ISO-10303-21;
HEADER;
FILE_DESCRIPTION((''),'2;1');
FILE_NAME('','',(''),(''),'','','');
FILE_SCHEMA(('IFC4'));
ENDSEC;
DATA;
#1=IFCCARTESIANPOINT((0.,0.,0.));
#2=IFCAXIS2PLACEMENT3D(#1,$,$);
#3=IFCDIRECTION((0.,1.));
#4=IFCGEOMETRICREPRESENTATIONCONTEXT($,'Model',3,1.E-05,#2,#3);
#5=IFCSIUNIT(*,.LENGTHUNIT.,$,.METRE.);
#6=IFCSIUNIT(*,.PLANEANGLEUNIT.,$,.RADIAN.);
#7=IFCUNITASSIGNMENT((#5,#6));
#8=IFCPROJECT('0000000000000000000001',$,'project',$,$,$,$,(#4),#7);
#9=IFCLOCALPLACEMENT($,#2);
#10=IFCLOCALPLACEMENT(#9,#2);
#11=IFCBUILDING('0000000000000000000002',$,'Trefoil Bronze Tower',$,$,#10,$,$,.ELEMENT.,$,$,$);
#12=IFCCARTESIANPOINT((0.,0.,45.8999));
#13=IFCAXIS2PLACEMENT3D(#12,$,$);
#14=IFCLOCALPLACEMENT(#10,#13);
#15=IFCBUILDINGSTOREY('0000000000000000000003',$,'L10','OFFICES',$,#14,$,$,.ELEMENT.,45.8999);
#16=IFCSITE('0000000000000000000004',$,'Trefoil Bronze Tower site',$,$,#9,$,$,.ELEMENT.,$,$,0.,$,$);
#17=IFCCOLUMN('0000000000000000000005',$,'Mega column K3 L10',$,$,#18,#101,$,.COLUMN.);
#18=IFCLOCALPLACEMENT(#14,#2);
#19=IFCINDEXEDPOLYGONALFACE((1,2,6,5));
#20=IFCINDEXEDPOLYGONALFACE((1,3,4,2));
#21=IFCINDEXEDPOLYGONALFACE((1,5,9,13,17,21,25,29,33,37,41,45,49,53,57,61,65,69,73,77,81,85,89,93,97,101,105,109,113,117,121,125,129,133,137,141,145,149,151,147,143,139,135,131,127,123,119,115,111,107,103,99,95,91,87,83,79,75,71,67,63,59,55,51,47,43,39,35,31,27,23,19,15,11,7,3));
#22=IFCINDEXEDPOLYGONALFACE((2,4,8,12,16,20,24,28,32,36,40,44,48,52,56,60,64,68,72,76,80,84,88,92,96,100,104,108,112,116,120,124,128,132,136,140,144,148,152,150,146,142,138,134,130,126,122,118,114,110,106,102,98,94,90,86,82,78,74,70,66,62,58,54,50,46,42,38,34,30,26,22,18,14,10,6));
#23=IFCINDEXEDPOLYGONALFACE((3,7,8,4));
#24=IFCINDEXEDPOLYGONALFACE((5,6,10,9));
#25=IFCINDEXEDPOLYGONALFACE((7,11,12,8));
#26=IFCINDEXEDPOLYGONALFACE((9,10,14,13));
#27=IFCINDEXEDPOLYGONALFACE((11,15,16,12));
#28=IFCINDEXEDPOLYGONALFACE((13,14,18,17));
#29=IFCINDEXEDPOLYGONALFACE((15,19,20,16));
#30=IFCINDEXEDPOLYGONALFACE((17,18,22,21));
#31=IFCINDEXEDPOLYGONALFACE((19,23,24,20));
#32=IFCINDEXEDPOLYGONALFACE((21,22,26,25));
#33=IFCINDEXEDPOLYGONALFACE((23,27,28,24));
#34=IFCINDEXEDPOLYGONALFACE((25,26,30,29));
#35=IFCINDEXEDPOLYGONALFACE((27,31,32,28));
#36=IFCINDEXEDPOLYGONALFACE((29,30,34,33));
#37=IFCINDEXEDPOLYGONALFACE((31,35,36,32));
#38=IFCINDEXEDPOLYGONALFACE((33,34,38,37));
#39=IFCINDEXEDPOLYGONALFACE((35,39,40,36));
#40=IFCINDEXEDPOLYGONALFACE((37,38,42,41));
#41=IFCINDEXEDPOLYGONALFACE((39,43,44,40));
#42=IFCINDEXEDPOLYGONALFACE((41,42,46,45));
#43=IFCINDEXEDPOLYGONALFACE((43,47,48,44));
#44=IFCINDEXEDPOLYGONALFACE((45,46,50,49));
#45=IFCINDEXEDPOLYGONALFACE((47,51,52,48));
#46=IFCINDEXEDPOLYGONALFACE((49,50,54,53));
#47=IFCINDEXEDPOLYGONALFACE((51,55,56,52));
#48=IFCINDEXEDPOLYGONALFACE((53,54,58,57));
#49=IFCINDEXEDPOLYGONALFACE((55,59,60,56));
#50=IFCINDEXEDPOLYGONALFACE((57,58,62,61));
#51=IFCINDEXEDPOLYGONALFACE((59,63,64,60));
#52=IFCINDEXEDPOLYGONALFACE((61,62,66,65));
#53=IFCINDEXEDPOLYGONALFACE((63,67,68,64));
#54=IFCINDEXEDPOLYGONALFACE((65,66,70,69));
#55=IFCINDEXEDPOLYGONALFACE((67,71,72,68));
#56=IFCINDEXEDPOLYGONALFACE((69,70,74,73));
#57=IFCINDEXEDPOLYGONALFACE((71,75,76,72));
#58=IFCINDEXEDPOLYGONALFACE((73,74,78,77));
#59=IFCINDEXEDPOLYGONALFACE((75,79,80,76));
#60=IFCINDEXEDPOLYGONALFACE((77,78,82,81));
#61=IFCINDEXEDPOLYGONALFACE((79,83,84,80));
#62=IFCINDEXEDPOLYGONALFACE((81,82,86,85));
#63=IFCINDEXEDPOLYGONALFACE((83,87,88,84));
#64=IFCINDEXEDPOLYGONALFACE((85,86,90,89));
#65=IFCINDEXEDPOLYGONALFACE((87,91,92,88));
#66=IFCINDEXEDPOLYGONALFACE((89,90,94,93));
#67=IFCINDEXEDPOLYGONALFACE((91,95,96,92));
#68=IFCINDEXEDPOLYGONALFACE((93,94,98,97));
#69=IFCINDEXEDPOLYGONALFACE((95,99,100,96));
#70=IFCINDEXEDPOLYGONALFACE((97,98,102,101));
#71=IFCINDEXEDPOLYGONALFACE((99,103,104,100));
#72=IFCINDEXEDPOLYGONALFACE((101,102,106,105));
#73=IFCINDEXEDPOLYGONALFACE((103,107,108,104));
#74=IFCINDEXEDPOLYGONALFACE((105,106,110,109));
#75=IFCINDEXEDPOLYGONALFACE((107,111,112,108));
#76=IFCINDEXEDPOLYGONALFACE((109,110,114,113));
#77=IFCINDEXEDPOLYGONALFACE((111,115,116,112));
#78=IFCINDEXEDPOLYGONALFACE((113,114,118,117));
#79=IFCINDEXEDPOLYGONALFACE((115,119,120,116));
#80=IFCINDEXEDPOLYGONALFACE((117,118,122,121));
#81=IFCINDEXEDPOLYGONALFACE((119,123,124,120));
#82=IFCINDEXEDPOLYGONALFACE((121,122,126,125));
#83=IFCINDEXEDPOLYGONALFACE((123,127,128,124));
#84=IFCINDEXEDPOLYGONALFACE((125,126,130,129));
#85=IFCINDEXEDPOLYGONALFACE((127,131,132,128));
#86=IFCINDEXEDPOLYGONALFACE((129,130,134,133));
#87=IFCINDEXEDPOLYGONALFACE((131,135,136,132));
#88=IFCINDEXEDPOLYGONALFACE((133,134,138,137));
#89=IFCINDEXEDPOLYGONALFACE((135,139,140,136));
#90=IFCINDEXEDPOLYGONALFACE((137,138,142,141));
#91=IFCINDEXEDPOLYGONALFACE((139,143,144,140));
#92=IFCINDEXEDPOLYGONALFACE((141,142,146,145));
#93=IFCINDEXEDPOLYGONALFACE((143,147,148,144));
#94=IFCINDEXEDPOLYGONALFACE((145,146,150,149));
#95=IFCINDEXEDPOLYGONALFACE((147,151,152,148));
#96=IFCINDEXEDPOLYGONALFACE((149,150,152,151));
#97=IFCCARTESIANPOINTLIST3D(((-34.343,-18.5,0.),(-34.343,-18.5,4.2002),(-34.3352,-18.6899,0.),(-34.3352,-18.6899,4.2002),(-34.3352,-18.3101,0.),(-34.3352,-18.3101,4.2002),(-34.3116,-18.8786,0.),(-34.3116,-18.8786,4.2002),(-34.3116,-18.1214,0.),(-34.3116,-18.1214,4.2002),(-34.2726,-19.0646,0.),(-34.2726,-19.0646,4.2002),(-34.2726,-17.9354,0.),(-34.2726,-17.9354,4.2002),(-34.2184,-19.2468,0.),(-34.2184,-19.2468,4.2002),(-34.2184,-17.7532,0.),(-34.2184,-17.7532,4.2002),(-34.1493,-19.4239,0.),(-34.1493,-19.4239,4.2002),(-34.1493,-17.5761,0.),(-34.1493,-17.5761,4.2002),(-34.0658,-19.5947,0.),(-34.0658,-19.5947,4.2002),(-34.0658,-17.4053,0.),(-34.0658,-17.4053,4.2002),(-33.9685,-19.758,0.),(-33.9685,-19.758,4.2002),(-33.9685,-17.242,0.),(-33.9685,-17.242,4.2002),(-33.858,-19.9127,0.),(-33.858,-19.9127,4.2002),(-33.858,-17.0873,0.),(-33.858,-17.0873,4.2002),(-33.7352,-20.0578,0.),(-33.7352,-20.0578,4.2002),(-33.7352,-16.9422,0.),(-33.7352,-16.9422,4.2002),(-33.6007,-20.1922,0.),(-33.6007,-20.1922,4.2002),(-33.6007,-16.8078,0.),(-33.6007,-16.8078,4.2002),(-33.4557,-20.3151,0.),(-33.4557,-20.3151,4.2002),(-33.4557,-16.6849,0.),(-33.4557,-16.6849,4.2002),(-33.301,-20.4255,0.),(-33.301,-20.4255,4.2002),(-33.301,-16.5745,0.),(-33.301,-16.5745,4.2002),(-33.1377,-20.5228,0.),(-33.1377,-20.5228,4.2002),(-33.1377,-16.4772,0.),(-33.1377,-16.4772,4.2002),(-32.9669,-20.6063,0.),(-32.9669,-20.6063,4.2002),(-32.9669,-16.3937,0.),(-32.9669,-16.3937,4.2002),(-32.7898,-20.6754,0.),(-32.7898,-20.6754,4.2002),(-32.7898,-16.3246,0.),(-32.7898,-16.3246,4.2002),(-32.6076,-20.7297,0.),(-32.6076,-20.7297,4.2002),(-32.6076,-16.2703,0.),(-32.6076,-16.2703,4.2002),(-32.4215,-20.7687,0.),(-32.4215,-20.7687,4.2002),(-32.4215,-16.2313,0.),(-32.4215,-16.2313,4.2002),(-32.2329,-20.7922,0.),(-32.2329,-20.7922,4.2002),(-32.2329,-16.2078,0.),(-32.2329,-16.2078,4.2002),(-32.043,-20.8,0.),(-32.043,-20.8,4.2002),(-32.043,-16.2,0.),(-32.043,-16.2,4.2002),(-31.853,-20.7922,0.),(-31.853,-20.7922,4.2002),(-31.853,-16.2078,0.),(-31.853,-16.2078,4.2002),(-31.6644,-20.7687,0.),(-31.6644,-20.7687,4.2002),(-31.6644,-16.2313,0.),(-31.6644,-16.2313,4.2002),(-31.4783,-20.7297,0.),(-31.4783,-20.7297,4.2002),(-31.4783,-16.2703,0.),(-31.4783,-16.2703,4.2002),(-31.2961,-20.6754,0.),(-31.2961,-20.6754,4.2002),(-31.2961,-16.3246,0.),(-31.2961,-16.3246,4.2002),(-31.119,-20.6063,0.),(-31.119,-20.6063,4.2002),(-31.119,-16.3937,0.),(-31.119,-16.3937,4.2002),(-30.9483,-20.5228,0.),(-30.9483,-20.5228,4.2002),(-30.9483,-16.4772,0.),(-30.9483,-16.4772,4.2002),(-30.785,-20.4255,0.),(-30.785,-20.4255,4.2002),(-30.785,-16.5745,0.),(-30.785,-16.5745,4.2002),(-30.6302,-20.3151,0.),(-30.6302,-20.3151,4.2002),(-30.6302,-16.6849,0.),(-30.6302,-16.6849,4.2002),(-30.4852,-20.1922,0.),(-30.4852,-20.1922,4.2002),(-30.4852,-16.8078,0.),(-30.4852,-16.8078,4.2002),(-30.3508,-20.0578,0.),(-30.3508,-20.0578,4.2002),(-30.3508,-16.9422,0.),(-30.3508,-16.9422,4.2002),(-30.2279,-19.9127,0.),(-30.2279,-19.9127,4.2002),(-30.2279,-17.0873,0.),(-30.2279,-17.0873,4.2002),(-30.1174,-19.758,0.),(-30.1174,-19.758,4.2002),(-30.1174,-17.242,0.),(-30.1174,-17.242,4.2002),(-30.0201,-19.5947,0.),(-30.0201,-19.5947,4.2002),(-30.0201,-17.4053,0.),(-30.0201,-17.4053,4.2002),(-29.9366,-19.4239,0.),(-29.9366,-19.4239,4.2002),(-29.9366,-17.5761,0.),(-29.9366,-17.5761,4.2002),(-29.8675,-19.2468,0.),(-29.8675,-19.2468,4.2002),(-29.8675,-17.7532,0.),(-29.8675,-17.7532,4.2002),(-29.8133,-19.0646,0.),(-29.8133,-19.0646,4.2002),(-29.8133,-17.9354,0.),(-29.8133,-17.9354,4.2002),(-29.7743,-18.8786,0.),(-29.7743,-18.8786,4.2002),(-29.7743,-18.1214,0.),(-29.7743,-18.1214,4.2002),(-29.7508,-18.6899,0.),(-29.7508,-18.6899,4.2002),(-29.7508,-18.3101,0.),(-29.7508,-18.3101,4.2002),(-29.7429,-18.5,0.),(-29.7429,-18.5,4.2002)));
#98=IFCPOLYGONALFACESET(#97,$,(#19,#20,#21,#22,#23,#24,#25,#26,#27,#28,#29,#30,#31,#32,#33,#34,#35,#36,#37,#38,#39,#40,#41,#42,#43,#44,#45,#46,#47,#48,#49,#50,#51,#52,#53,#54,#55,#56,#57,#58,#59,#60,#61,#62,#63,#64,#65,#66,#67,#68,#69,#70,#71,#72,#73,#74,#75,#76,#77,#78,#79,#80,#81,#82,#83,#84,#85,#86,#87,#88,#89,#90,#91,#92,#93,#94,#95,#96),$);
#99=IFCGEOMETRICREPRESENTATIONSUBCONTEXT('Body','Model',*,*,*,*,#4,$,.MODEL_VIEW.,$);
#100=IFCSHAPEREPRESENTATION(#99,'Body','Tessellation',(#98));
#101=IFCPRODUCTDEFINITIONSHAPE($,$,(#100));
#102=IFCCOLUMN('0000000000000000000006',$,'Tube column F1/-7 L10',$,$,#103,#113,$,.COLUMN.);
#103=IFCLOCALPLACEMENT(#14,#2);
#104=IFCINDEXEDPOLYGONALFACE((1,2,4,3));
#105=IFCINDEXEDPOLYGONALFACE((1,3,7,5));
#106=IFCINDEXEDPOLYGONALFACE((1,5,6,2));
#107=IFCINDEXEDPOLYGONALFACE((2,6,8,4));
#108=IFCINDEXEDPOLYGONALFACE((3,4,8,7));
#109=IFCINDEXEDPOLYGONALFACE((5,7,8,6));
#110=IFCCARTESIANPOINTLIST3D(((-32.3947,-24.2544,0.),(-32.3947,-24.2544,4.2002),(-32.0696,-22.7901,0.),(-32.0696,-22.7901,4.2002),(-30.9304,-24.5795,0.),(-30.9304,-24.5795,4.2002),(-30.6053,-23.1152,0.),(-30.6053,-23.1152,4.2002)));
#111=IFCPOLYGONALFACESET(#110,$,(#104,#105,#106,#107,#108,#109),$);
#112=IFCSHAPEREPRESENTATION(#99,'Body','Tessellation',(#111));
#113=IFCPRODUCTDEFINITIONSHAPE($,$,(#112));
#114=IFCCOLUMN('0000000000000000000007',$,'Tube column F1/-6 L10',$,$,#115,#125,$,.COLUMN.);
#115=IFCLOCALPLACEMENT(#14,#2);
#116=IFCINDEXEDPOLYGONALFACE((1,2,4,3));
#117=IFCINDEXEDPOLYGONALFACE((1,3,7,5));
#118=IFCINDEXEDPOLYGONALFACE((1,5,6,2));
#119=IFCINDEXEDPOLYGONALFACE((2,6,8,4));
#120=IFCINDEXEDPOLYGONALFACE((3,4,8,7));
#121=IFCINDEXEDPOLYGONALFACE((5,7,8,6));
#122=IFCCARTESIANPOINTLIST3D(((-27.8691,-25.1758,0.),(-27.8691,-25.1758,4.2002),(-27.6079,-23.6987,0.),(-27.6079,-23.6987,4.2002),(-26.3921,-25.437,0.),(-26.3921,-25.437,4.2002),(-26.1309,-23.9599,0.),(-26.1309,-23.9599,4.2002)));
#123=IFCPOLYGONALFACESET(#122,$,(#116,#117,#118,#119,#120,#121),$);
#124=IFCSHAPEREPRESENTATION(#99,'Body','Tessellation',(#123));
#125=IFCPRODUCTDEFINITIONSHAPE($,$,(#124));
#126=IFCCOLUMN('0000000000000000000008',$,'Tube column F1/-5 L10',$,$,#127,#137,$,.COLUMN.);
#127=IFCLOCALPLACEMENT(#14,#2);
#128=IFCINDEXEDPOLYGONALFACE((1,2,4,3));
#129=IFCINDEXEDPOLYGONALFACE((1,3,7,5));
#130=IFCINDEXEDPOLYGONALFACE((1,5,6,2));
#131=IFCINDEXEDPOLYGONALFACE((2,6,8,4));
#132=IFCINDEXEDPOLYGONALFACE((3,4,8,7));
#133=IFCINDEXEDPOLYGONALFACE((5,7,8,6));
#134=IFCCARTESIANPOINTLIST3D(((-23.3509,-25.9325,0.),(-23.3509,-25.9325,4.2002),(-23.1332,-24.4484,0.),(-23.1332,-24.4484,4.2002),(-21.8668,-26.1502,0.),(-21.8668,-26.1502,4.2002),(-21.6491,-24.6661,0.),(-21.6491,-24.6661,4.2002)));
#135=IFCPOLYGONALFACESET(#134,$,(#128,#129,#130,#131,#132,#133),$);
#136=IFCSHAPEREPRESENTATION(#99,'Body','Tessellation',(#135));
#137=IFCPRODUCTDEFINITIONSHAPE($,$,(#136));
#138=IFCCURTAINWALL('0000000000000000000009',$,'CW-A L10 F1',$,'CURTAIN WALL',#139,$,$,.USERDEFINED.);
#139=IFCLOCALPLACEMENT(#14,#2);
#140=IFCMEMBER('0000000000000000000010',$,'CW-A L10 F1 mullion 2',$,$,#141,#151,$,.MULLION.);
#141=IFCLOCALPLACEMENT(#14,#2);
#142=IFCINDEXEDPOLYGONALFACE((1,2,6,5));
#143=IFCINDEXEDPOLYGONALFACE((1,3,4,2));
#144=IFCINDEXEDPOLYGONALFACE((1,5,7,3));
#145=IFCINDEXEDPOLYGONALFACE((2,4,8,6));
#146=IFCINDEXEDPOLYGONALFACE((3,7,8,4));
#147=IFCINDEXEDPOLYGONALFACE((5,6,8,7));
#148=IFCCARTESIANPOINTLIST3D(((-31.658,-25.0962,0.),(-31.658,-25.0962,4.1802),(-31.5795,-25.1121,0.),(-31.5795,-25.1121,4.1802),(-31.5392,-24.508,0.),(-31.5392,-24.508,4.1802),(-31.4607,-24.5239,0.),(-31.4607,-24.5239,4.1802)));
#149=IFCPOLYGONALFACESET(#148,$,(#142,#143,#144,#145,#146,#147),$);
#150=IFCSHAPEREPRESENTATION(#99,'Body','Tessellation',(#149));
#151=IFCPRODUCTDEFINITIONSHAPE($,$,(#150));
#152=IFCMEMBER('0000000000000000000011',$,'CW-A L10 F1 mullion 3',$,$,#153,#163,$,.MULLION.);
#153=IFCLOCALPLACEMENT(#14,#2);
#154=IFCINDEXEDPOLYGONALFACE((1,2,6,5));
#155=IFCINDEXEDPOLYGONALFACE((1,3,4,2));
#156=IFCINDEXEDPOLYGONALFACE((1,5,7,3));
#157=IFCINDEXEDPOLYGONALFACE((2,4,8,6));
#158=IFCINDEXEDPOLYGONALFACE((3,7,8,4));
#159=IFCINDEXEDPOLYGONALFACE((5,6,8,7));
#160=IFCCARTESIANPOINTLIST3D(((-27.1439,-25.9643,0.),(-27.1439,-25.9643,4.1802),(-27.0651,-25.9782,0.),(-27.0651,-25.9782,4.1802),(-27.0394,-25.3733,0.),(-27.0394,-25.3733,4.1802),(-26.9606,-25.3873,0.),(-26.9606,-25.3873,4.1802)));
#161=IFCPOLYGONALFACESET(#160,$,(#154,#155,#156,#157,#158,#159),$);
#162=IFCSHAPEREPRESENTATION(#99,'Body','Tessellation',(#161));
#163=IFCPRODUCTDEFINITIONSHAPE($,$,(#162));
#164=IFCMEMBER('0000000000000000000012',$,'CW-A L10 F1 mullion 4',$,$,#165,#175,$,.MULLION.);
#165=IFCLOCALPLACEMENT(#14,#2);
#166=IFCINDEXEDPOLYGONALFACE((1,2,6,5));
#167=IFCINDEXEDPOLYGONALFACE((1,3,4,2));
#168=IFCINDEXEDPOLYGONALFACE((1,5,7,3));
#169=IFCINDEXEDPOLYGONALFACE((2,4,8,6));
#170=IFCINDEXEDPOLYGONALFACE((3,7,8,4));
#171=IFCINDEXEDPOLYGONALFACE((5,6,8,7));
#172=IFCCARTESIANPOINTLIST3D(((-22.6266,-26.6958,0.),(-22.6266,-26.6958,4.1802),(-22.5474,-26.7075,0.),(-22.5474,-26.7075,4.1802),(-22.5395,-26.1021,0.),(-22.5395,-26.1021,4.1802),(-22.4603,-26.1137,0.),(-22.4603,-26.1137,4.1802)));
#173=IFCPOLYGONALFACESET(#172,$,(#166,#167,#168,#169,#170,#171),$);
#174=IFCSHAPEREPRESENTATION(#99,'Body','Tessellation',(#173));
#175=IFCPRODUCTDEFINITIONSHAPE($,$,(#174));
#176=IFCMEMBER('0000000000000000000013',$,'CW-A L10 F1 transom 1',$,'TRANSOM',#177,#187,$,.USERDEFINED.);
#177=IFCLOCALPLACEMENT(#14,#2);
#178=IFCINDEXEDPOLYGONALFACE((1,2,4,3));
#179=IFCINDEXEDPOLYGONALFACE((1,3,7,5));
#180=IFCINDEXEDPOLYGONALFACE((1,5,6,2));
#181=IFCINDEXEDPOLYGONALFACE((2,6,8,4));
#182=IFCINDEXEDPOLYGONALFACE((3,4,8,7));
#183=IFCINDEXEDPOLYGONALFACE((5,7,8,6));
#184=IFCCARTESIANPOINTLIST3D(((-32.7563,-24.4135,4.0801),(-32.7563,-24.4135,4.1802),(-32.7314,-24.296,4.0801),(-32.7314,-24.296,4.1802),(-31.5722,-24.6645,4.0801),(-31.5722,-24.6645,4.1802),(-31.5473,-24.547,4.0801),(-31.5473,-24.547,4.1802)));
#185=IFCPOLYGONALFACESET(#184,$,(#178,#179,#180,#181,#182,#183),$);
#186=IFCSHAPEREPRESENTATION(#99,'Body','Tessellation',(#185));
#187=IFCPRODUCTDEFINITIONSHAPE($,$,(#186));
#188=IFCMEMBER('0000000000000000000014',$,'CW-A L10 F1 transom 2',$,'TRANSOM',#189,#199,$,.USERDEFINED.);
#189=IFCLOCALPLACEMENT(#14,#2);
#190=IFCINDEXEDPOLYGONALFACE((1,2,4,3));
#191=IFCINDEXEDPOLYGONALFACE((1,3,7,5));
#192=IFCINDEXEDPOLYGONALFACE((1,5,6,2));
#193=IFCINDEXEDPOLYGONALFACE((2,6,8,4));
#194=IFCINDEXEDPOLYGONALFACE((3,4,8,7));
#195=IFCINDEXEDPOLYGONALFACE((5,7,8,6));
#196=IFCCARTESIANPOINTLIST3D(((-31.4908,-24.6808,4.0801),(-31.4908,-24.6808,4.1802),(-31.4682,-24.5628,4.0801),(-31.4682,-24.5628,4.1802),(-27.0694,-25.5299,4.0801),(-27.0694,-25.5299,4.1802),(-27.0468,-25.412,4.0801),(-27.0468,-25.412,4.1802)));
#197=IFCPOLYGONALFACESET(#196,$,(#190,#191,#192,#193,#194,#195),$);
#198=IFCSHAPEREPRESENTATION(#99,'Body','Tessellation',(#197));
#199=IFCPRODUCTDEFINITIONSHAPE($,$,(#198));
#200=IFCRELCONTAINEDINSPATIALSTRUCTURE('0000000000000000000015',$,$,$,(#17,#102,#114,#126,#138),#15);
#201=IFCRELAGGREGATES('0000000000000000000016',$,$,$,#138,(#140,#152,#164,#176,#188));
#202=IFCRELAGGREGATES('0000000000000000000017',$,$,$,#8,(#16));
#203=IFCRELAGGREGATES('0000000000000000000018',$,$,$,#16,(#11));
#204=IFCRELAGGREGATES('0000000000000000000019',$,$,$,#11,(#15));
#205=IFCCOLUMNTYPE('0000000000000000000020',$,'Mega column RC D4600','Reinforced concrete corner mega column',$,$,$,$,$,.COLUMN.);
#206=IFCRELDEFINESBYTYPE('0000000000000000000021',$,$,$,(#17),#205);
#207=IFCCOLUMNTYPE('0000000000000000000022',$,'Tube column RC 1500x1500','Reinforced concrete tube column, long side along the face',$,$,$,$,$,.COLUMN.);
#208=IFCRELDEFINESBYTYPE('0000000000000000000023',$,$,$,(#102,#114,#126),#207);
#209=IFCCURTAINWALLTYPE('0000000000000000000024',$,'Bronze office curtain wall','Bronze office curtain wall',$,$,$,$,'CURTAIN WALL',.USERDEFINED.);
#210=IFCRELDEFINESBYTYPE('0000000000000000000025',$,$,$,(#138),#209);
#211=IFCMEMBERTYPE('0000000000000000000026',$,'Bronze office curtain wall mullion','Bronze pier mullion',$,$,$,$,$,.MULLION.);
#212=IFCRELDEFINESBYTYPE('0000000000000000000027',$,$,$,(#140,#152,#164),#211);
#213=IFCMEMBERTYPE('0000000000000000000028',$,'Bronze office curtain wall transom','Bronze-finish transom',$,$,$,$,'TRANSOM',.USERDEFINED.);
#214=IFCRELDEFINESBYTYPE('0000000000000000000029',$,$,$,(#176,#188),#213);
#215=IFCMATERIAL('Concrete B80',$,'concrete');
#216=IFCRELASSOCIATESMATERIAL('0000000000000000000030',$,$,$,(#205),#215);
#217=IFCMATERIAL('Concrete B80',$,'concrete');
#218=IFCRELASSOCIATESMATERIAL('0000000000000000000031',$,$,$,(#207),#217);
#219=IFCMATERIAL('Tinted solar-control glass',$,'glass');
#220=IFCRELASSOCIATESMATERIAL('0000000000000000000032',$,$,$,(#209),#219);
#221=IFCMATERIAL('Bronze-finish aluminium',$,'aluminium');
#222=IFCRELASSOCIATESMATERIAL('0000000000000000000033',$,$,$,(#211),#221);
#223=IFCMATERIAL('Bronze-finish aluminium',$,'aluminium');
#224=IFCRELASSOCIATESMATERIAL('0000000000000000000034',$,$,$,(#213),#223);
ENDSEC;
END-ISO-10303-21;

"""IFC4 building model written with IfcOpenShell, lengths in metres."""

from ifc_helpers import new_model, si_unit, direction, frame, origin, origin_2d, place, context, subcontext, project, spatial, rectangle, circle, extrude, material, material_profile, profile_set, type_object, element, aggregate, save


model = new_model("IFC4")

# Units and contexts
model_context = context("Model", 3, precision=1e-05, world=origin(), true_north=direction((0.0, 1.0)))
body_context = subcontext(model_context, "Body", "Model", "MODEL_VIEW")
ifc_project = project(units=[si_unit("LENGTHUNIT", "METRE"), si_unit("PLANEANGLEUNIT", "RADIAN")], contexts=[model_context])

# Site, building, storey
site_placement = place(None, origin())
site = spatial("IfcSite", under=ifc_project, at=site_placement, Name="Trefoil Bronze Tower site", CompositionType="ELEMENT", RefElevation=0.0)
building_placement = place(site_placement, origin())
building = spatial("IfcBuilding", under=site, at=building_placement, Name="Trefoil Bronze Tower", CompositionType="ELEMENT")
storey_placement = place(building_placement, frame((0.0, 0.0, 45.8999)))
storey = spatial("IfcBuildingStorey", under=building, at=storey_placement, Name="L10", Description="OFFICES", CompositionType="ELEMENT", Elevation=45.8999)

# Columns
ifc_material_1 = material(Name="Concrete B80", Category="concrete")
ifc_material_profile_1 = material_profile(ifc_material_1, circle(Radius=2.3, at=origin_2d()), Name="RC D4600")
ifc_profile_set_1 = profile_set([ifc_material_profile_1], Name="Concrete B80")
column_type_1 = type_object("IfcColumnType", Name="Mega column RC D4600", Description="Reinforced concrete corner mega column", PredefinedType="COLUMN", material=ifc_profile_set_1)
column_placement = place(storey_placement, frame((-32.043, -18.5, 0.0), z_axis=(0.0, 0.0, 1.0), x_axis=(1.0, 0.0, 0.0)))
element("IfcColumn", 1, at=column_placement, inside=storey, type_object=column_type_1, Name="Mega column K3 L10", PredefinedType="COLUMN", context=body_context, shape_type="SweptSolid", body=[
    extrude(circle(Radius=2.3, at=origin_2d()), origin(), (0.0, 0.0, 1.0), 4.2002),
])
ifc_material_2 = material(Name="Concrete B80", Category="concrete")
ifc_material_profile_2 = material_profile(ifc_material_2, rectangle(XDim=1.5, YDim=1.5, at=origin_2d()), Name="RC 1500x1500")
ifc_profile_set_2 = profile_set([ifc_material_profile_2], Name="Concrete B80")
column_type_2 = type_object("IfcColumnType", Name="Tube column RC 1500x1500", Description="Reinforced concrete tube column, long side along the face", PredefinedType="COLUMN", material=ifc_profile_set_2)
for number, where, z_axis, x_axis, name in (
    (2, (-31.5, -23.6848, 0.0), (0.0, 0.0, 1.0), (0.97623, -0.216739, 0.0), "Tube column F1/-7 L10"),
    (3, (-27.0, -24.5679, 0.0), (0.0, 0.0, 1.0), (0.984722, -0.174131, 0.0), "Tube column F1/-6 L10"),
    (4, (-22.5, -25.2993, 0.0), (0.0, 0.0, 1.0), (0.989416, -0.145109, 0.0), "Tube column F1/-5 L10"),
):
    element("IfcColumn", number, at=place(storey_placement, frame(where, z_axis=z_axis, x_axis=x_axis)), inside=storey, type_object=column_type_2, Name=name, PredefinedType="COLUMN", context=body_context, shape_type="SweptSolid", body=[
        extrude(rectangle(XDim=1.5, YDim=1.5, at=origin_2d()), origin(), (0.0, 0.0, 1.0), 4.2002),
    ])

# Curtain wall, members
ifc_material_3 = material(Name="Tinted solar-control glass", Category="glass")
curtain_wall_type_1 = type_object("IfcCurtainWallType", Name="Bronze office curtain wall", Description="Bronze office curtain wall", ElementType="CURTAIN WALL", PredefinedType="USERDEFINED", material=ifc_material_3)
curtain_wall_1_placement = place(storey_placement, origin())
curtain_wall_1 = element("IfcCurtainWall", 5, at=curtain_wall_1_placement, inside=storey, type_object=curtain_wall_type_1, Name="CW-A L10 F1", ObjectType="CURTAIN WALL", PredefinedType="USERDEFINED")
ifc_material_4 = material(Name="Bronze-finish aluminium", Category="aluminium")
ifc_material_profile_3 = material_profile(ifc_material_4, rectangle(XDim=0.6001, YDim=0.0801, at=origin_2d()), Name="CW-A mullion")
ifc_profile_set_3 = profile_set([ifc_material_profile_3], Name="Bronze-finish aluminium")
member_type_1 = type_object("IfcMemberType", Name="Bronze office curtain wall mullion", Description="Bronze pier mullion", PredefinedType="MULLION", material=ifc_profile_set_3)
member_1_placement = place(storey_placement, frame((-31.5593, -24.8101, 0.0), z_axis=(0.0, 0.0, 1.0), x_axis=(0.19791, 0.98022, 0.0)))
member_1 = element("IfcMember", 6, at=member_1_placement, type_object=member_type_1, Name="CW-A L10 F1 mullion 2", PredefinedType="MULLION", context=body_context, shape_type="SweptSolid", body=[
    extrude(rectangle(XDim=0.6001, YDim=0.0801, at=origin_2d()), origin(), (0.0, 0.0, 1.0), 4.1802),
])
member_2_placement = place(storey_placement, frame((-27.0522, -25.6758, 0.0), z_axis=(0.0, 0.0, 1.0), x_axis=(0.174131, 0.984722, 0.0)))
member_2 = element("IfcMember", 7, at=member_2_placement, type_object=member_type_1, Name="CW-A L10 F1 mullion 3", PredefinedType="MULLION", context=body_context, shape_type="SweptSolid", body=[
    extrude(rectangle(XDim=0.6001, YDim=0.0801, at=origin_2d()), origin(), (0.0, 0.0, 1.0), 4.1802),
])
member_3_placement = place(storey_placement, frame((-22.5435, -26.4048, 0.0), z_axis=(0.0, 0.0, 1.0), x_axis=(0.145109, 0.989416, 0.0)))
member_3 = element("IfcMember", 8, at=member_3_placement, type_object=member_type_1, Name="CW-A L10 F1 mullion 4", PredefinedType="MULLION", context=body_context, shape_type="SweptSolid", body=[
    extrude(rectangle(XDim=0.6001, YDim=0.0801, at=origin_2d()), origin(), (0.0, 0.0, 1.0), 4.1802),
])
ifc_material_5 = material(Name="Bronze-finish aluminium", Category="aluminium")
ifc_material_profile_4 = material_profile(ifc_material_5, rectangle(XDim=0.1201, YDim=0.1001, at=origin_2d()), Name="CW-A transom")
ifc_profile_set_4 = profile_set([ifc_material_profile_4], Name="Bronze-finish aluminium")
member_type_2 = type_object("IfcMemberType", Name="Bronze office curtain wall transom", Description="Bronze-finish transom", ElementType="TRANSOM", PredefinedType="USERDEFINED", material=ifc_profile_set_4)
member_4_placement = place(storey_placement, frame((-32.7439, -24.3547, 4.1301), z_axis=(0.978266, -0.207352, 0.0), x_axis=(0.207352, 0.978266, 0.0)))
member_4 = element("IfcMember", 9, at=member_4_placement, type_object=member_type_2, Name="CW-A L10 F1 transom 1", ObjectType="TRANSOM", PredefinedType="USERDEFINED", context=body_context, shape_type="SweptSolid", body=[
    extrude(rectangle(XDim=0.1201, YDim=0.1001, at=origin_2d()), origin(), (0.0, 0.0, 1.0), 1.2104),
])
member_5_placement = place(storey_placement, frame((-31.4795, -24.6218, 4.1301), z_axis=(0.982054, -0.188602, 0.0), x_axis=(0.188602, 0.982054, 0.0)))
member_5 = element("IfcMember", 10, at=member_5_placement, type_object=member_type_2, Name="CW-A L10 F1 transom 2", ObjectType="TRANSOM", PredefinedType="USERDEFINED", context=body_context, shape_type="SweptSolid", body=[
    extrude(rectangle(XDim=0.1201, YDim=0.1001, at=origin_2d()), origin(), (0.0, 0.0, 1.0), 4.5022),
])

aggregate(curtain_wall_1, [member_1, member_2, member_3, member_4, member_5])

save(model, "model.ifc")
